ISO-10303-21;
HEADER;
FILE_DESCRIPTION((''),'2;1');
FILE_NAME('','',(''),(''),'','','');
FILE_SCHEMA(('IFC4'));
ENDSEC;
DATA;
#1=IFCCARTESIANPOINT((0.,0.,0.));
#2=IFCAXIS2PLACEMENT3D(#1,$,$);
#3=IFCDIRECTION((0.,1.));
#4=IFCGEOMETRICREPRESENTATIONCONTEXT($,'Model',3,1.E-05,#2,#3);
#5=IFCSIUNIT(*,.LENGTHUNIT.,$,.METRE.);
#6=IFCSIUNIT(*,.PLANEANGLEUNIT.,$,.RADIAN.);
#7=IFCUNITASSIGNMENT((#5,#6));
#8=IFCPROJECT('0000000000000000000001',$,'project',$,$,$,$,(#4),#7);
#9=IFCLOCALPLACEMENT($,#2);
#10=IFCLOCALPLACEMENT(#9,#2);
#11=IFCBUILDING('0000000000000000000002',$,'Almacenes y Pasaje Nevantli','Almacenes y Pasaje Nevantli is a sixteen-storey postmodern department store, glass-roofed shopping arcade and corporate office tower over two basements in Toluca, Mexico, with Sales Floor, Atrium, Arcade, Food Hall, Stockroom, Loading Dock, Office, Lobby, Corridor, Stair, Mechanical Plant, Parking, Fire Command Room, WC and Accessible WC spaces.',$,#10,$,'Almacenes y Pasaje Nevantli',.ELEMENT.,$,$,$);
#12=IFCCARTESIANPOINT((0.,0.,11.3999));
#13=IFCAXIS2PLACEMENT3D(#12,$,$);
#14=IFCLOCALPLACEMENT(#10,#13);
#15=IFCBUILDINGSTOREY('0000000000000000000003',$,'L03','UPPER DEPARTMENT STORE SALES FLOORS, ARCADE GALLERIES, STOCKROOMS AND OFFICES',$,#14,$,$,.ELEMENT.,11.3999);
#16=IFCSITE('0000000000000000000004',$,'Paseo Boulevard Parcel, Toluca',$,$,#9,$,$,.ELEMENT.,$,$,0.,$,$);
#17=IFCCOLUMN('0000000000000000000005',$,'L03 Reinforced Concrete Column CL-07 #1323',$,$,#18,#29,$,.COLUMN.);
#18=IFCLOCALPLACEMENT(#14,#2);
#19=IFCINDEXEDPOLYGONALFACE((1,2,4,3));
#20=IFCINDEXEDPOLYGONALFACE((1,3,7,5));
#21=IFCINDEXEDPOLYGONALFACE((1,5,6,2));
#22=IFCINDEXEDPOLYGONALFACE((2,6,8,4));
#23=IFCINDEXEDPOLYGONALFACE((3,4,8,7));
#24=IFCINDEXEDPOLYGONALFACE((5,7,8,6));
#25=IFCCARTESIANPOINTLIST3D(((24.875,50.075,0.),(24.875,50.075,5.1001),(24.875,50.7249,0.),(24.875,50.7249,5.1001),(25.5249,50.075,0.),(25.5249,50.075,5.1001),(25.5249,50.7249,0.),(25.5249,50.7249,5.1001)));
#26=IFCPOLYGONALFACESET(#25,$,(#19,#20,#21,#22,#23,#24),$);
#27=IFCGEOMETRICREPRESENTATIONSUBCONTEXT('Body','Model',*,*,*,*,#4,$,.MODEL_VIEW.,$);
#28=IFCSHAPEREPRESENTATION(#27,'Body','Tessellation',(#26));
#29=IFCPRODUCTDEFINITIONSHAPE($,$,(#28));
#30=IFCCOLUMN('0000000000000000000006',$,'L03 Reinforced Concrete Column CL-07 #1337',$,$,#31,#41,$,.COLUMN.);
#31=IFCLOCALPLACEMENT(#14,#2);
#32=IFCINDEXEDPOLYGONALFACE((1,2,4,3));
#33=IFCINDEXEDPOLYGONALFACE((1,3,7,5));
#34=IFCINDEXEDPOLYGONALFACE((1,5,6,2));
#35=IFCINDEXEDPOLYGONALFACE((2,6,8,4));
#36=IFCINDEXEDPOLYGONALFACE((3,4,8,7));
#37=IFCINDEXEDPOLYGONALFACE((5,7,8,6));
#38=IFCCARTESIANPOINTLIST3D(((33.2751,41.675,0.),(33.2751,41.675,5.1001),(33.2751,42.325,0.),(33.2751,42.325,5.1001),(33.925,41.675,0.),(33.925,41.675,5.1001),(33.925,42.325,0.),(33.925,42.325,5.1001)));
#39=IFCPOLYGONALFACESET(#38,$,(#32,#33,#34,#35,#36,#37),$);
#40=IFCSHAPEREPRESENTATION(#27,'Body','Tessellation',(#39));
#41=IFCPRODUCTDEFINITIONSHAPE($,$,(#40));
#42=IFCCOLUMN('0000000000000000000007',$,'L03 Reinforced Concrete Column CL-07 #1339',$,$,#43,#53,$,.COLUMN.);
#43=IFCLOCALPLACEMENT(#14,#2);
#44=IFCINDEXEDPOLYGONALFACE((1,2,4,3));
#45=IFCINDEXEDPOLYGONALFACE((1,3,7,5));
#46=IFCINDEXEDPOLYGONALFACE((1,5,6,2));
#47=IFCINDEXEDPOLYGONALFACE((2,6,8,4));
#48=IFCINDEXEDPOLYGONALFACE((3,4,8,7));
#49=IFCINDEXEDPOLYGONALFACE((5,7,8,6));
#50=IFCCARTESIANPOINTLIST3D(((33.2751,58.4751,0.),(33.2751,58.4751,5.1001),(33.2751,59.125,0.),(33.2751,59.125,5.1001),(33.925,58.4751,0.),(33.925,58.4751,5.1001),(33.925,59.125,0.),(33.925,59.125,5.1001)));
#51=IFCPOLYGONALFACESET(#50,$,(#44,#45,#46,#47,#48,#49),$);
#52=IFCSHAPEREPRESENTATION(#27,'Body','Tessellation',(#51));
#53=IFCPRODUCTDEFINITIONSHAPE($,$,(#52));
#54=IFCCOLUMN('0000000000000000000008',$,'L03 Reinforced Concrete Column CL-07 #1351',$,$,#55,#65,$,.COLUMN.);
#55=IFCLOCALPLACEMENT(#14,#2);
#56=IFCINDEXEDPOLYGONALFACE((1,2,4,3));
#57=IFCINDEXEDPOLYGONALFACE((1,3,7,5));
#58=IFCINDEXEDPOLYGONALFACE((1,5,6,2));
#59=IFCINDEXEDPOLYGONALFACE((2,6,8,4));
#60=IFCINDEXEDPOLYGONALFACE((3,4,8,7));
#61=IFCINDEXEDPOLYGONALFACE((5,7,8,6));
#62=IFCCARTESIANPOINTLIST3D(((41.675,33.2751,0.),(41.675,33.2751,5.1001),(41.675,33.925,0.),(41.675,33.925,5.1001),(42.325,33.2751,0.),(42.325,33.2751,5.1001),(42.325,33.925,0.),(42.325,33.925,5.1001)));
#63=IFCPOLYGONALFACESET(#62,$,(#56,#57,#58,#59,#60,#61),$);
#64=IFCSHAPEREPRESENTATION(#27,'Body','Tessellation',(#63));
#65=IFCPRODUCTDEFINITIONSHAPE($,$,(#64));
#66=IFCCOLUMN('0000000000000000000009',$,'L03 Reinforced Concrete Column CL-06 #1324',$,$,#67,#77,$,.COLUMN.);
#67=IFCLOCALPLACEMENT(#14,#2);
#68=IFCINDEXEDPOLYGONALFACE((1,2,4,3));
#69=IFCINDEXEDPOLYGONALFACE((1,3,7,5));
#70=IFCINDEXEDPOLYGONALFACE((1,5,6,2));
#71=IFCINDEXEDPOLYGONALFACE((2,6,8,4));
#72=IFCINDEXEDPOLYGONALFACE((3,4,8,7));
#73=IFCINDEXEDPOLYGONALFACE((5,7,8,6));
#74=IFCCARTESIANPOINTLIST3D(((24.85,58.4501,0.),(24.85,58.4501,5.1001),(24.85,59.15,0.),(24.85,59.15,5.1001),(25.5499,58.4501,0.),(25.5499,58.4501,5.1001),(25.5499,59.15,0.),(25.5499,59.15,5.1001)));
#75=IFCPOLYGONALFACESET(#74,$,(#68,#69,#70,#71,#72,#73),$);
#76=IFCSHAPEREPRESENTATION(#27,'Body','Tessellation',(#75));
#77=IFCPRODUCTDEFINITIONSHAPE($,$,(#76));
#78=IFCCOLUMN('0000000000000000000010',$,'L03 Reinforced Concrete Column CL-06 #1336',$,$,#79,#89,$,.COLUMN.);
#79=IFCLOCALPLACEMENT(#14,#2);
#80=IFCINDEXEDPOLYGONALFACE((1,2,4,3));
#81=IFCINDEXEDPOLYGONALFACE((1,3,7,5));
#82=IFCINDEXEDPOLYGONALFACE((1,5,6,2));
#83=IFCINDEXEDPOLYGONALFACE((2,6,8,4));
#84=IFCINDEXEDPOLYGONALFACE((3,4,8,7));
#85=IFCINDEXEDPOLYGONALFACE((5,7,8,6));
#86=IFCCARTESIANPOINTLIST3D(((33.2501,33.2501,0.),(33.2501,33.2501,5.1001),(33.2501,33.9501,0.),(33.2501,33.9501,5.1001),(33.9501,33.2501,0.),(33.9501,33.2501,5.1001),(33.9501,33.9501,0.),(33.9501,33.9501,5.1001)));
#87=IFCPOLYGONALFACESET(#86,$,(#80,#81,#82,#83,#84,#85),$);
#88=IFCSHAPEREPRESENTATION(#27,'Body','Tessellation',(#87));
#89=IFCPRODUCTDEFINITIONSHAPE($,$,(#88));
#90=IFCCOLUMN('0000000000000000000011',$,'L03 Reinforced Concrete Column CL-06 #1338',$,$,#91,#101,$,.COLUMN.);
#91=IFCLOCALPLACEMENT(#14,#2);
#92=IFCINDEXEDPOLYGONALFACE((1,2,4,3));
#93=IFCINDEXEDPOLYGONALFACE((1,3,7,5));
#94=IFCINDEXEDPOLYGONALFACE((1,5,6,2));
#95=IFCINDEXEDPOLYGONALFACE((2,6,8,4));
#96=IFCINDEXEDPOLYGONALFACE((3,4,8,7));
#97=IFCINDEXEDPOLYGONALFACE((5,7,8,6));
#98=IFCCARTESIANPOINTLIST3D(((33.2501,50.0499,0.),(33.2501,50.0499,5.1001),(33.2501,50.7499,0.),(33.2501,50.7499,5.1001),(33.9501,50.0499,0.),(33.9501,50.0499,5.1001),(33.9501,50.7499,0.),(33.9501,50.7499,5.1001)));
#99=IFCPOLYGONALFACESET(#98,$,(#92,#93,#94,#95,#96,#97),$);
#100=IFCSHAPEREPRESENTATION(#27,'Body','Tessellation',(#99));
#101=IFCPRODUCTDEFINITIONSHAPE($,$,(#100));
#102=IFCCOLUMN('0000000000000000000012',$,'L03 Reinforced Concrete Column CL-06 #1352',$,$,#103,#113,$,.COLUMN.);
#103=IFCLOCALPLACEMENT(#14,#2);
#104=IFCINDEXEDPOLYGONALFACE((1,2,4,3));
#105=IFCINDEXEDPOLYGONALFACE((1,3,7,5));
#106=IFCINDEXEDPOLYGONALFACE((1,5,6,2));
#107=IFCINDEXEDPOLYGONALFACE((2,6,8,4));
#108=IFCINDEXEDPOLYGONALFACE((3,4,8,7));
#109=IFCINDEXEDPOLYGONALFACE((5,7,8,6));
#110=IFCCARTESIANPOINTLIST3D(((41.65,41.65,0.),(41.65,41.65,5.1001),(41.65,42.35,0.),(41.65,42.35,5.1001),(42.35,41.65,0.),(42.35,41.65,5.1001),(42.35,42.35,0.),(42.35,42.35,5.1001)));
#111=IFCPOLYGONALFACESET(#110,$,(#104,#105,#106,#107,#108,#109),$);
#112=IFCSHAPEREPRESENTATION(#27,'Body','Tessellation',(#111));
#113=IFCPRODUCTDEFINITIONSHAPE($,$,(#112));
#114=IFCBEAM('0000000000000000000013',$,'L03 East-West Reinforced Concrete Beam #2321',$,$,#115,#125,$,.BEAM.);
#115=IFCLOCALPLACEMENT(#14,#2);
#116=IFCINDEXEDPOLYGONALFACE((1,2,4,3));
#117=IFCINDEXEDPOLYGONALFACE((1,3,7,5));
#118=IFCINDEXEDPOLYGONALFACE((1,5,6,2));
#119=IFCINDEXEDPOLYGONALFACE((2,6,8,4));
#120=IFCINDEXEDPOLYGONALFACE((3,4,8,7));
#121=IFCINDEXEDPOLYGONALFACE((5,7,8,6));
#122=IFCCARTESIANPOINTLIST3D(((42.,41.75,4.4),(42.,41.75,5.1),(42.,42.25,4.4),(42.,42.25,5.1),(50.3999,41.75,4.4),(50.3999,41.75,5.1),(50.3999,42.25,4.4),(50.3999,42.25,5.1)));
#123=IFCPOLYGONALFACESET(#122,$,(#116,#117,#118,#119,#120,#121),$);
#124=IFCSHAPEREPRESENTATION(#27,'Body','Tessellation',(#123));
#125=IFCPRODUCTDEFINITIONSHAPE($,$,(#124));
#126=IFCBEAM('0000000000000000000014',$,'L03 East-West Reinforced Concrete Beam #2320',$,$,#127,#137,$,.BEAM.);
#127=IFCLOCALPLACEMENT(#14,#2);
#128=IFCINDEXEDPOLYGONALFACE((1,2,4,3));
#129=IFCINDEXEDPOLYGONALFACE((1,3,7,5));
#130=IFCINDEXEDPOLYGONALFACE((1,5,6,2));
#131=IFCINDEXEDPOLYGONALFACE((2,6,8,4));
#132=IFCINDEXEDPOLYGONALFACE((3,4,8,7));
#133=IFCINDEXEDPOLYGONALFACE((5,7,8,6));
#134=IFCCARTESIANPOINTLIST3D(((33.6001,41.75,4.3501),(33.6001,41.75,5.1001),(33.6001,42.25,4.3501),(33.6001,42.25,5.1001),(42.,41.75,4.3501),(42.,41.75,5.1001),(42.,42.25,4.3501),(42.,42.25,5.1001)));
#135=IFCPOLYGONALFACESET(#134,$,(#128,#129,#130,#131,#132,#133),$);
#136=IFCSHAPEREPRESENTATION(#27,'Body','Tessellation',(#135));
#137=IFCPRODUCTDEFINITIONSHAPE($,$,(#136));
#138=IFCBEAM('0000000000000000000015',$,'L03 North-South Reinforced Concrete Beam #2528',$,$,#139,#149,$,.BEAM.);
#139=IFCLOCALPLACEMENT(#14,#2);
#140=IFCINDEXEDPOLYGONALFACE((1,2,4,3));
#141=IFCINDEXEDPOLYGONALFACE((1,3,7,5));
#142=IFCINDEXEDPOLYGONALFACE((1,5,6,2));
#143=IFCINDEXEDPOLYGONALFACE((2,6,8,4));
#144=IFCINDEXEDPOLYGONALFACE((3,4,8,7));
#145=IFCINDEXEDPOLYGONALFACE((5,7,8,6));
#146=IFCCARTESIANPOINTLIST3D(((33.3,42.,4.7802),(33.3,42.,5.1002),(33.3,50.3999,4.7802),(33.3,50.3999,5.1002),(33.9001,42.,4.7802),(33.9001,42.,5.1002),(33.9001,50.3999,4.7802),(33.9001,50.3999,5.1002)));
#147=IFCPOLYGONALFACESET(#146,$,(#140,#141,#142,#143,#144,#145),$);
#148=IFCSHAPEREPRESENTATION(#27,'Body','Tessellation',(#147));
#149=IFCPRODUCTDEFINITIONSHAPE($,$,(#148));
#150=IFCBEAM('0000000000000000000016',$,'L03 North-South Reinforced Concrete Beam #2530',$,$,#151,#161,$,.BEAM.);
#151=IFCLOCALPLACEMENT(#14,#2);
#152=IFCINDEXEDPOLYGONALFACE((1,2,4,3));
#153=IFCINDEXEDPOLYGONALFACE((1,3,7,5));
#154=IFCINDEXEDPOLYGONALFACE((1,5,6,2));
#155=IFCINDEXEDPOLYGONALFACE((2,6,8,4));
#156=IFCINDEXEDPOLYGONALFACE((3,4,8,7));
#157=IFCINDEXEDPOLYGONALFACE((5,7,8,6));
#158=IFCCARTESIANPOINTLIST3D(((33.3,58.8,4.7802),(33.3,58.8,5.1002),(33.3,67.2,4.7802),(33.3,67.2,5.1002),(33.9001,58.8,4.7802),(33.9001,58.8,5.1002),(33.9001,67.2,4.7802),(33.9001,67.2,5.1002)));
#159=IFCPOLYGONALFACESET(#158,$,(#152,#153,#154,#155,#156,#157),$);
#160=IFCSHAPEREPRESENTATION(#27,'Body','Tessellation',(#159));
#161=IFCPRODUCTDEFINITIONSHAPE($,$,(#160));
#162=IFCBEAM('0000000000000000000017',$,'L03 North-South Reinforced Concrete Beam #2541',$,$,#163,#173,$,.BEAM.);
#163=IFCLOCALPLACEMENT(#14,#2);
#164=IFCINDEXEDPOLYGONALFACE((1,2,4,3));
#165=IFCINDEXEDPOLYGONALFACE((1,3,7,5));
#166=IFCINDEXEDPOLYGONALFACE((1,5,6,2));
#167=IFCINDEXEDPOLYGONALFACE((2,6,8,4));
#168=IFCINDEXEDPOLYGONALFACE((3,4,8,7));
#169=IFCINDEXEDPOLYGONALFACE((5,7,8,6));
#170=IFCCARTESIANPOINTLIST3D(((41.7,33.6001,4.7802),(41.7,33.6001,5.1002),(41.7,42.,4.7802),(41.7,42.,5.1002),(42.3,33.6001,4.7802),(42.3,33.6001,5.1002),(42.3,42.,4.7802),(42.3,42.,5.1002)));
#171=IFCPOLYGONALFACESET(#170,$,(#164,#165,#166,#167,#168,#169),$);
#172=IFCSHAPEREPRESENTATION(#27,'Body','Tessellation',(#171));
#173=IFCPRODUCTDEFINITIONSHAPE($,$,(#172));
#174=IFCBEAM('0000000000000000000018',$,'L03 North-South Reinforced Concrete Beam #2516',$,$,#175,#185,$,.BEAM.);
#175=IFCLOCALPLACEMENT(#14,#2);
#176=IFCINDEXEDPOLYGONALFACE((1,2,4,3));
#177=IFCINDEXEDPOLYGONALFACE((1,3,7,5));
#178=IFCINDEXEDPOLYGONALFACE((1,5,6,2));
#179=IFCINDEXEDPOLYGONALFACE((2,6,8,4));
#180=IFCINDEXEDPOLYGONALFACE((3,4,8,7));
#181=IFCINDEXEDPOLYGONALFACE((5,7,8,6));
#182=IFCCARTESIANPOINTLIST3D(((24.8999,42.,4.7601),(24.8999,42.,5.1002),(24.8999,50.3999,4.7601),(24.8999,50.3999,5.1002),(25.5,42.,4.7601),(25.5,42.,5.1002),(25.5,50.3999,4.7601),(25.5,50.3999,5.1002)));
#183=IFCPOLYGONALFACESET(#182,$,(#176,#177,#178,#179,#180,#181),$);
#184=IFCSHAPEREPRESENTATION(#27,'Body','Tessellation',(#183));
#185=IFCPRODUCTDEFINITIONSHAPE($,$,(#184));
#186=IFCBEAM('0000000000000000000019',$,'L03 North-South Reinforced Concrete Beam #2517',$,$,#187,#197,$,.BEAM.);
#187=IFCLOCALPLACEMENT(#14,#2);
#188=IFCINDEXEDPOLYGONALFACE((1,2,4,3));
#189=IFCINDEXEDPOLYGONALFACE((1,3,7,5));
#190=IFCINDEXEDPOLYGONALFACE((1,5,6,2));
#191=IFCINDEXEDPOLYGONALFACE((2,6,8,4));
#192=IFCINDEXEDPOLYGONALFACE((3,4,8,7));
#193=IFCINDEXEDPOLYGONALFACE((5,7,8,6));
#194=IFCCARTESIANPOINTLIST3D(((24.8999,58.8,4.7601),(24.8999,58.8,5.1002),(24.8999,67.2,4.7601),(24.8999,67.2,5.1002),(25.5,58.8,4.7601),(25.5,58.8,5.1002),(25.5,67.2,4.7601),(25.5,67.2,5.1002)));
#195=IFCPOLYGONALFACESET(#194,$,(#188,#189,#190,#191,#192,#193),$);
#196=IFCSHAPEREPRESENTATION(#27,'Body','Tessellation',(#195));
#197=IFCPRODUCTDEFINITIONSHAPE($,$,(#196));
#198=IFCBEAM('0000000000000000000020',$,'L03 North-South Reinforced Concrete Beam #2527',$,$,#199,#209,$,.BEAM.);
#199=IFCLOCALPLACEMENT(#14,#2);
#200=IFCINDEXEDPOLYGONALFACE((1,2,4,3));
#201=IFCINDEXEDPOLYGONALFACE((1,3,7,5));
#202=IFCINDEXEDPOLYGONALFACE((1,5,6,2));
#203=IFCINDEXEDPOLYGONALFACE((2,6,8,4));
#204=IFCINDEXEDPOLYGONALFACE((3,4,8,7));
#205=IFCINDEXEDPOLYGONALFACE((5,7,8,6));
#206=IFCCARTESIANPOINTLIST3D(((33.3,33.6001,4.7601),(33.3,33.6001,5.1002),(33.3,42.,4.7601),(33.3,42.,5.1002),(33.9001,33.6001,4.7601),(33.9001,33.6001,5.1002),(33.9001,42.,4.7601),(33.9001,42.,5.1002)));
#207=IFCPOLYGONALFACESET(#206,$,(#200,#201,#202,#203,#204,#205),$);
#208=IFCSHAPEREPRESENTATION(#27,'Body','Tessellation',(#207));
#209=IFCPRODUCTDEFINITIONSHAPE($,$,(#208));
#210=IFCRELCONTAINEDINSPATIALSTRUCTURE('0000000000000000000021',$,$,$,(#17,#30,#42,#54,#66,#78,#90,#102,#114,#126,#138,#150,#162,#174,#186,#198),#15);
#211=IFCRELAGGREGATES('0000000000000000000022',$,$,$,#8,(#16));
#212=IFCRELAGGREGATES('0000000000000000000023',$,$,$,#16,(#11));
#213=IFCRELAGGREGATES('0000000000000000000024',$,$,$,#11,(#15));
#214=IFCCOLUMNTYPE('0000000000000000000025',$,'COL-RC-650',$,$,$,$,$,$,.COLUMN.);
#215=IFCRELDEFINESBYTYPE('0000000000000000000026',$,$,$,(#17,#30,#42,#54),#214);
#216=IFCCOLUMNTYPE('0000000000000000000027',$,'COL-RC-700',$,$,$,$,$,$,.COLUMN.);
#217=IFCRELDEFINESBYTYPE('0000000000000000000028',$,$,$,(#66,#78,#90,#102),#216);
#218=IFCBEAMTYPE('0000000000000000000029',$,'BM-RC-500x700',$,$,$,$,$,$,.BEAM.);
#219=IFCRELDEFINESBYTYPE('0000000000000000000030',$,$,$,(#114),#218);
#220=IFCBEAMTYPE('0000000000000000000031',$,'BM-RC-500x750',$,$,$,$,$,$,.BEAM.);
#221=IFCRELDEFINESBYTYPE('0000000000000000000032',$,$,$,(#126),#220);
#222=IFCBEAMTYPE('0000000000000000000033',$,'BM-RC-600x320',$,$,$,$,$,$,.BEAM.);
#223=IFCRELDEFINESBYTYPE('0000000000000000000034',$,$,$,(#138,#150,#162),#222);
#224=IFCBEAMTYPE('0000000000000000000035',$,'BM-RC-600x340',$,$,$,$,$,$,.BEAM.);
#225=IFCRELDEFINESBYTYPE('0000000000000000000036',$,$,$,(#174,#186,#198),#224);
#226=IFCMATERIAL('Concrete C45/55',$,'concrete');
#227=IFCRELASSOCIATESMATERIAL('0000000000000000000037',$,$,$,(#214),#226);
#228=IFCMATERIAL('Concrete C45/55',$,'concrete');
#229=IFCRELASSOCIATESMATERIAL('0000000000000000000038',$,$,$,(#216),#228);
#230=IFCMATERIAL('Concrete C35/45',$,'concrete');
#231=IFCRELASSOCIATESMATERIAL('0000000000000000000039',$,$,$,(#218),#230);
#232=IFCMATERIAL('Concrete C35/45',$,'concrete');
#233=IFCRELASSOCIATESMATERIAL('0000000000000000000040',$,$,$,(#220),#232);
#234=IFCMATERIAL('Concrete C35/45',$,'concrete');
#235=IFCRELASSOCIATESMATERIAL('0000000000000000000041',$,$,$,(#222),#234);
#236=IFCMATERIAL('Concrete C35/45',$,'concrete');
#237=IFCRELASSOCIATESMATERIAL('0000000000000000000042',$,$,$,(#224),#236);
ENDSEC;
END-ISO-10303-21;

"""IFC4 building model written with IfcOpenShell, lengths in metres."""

from ifc_helpers import new_model, si_unit, direction, frame, origin, origin_2d, place, context, subcontext, project, spatial, rectangle, extrude, material, material_profile, profile_set, type_object, element, save


model = new_model("IFC4")

# Units and contexts
model_context = context("Model", 3, precision=1e-05, world=origin(), true_north=direction((0.0, 1.0)))
body_context = subcontext(model_context, "Body", "Model", "MODEL_VIEW")
ifc_project = project(units=[si_unit("LENGTHUNIT", "METRE"), si_unit("PLANEANGLEUNIT", "RADIAN")], contexts=[model_context])

# Site, building, storey
site_placement = place(None, origin())
site = spatial("IfcSite", under=ifc_project, at=site_placement, Name="Paseo Boulevard Parcel, Toluca", CompositionType="ELEMENT", RefElevation=0.0)
building_placement = place(site_placement, origin())
building = spatial("IfcBuilding", under=site, at=building_placement, Name="Almacenes y Pasaje Nevantli", Description="Almacenes y Pasaje Nevantli is a sixteen-storey postmodern department store, glass-roofed shopping arcade and corporate office tower over two basements in Toluca, Mexico, with Sales Floor, Atrium, Arcade, Food Hall, Stockroom, Loading Dock, Office, Lobby, Corridor, Stair, Mechanical Plant, Parking, Fire Command Room, WC and Accessible WC spaces.", LongName="Almacenes y Pasaje Nevantli", CompositionType="ELEMENT")
storey_placement = place(building_placement, frame((0.0, 0.0, 11.3999)))
storey = spatial("IfcBuildingStorey", under=building, at=storey_placement, Name="L03", Description="UPPER DEPARTMENT STORE SALES FLOORS, ARCADE GALLERIES, STOCKROOMS AND OFFICES", CompositionType="ELEMENT", Elevation=11.3999)

# Columns
ifc_material_1 = material(Name="Concrete C45/55", Category="concrete")
ifc_material_profile_1 = material_profile(ifc_material_1, rectangle(XDim=0.6499, YDim=0.6499, at=origin_2d()), Name="RC-COL-650x650")
ifc_profile_set_1 = profile_set([ifc_material_profile_1], Name="Concrete C45/55")
column_type_1 = type_object("IfcColumnType", Name="COL-RC-650", PredefinedType="COLUMN", material=ifc_profile_set_1)
for number, where, z_axis, x_axis, name in (
    (1, (25.2, 50.3999, 0.0), (0.0, 0.0, 1.0), (1.0, 0.0, 0.0), "L03 Reinforced Concrete Column CL-07 #1323"),
    (2, (33.6001, 42.0, 0.0), (0.0, 0.0, 1.0), (1.0, 0.0, 0.0), "L03 Reinforced Concrete Column CL-07 #1337"),
    (3, (33.6001, 58.8, 0.0), (0.0, 0.0, 1.0), (1.0, 0.0, 0.0), "L03 Reinforced Concrete Column CL-07 #1339"),
    (4, (42.0, 33.6001, 0.0), (0.0, 0.0, 1.0), (1.0, 0.0, 0.0), "L03 Reinforced Concrete Column CL-07 #1351"),
):
    element("IfcColumn", number, at=place(storey_placement, frame(where, z_axis=z_axis, x_axis=x_axis)), inside=storey, type_object=column_type_1, Name=name, PredefinedType="COLUMN", context=body_context, shape_type="SweptSolid", body=[
        extrude(rectangle(XDim=0.6499, YDim=0.6499, at=origin_2d()), origin(), (0.0, 0.0, 1.0), 5.1001),
    ])
ifc_material_2 = material(Name="Concrete C45/55", Category="concrete")
ifc_material_profile_2 = material_profile(ifc_material_2, rectangle(XDim=0.7, YDim=0.7, at=origin_2d()), Name="RC-COL-700x700")
ifc_profile_set_2 = profile_set([ifc_material_profile_2], Name="Concrete C45/55")
column_type_2 = type_object("IfcColumnType", Name="COL-RC-700", PredefinedType="COLUMN", material=ifc_profile_set_2)
for number, where, z_axis, x_axis, name in (
    (5, (25.2, 58.8, 0.0), (0.0, 0.0, 1.0), (1.0, 0.0, 0.0), "L03 Reinforced Concrete Column CL-06 #1324"),
    (6, (33.6001, 33.6001, 0.0), (0.0, 0.0, 1.0), (1.0, 0.0, 0.0), "L03 Reinforced Concrete Column CL-06 #1336"),
    (7, (33.6001, 50.3999, 0.0), (0.0, 0.0, 1.0), (1.0, 0.0, 0.0), "L03 Reinforced Concrete Column CL-06 #1338"),
    (8, (42.0, 42.0, 0.0), (0.0, 0.0, 1.0), (1.0, 0.0, 0.0), "L03 Reinforced Concrete Column CL-06 #1352"),
):
    element("IfcColumn", number, at=place(storey_placement, frame(where, z_axis=z_axis, x_axis=x_axis)), inside=storey, type_object=column_type_2, Name=name, PredefinedType="COLUMN", context=body_context, shape_type="SweptSolid", body=[
        extrude(rectangle(XDim=0.7, YDim=0.7, at=origin_2d()), origin(), (0.0, 0.0, 1.0), 5.1001),
    ])

# Beams
ifc_material_3 = material(Name="Concrete C35/45", Category="concrete")
ifc_material_profile_3 = material_profile(ifc_material_3, rectangle(XDim=0.5, YDim=0.7, at=origin_2d()), Name="RC-BM-500x700")
ifc_profile_set_3 = profile_set([ifc_material_profile_3], Name="Concrete C35/45")
beam_type_1 = type_object("IfcBeamType", Name="BM-RC-500x700", PredefinedType="BEAM", material=ifc_profile_set_3)
beam_1_placement = place(storey_placement, frame((42.0, 42.0, 4.75), z_axis=(1.0, 0.0, 0.0), x_axis=(0.0, 1.0, 0.0)))
element("IfcBeam", 9, at=beam_1_placement, inside=storey, type_object=beam_type_1, Name="L03 East-West Reinforced Concrete Beam #2321", PredefinedType="BEAM", context=body_context, shape_type="SweptSolid", body=[
    extrude(rectangle(XDim=0.5, YDim=0.7, at=origin_2d()), origin(), (0.0, 0.0, 1.0), 8.3999),
])
ifc_material_4 = material(Name="Concrete C35/45", Category="concrete")
ifc_material_profile_4 = material_profile(ifc_material_4, rectangle(XDim=0.5, YDim=0.75, at=origin_2d()), Name="RC-BM-500x750")
ifc_profile_set_4 = profile_set([ifc_material_profile_4], Name="Concrete C35/45")
beam_type_2 = type_object("IfcBeamType", Name="BM-RC-500x750", PredefinedType="BEAM", material=ifc_profile_set_4)
beam_2_placement = place(storey_placement, frame((33.6001, 42.0, 4.7251), z_axis=(1.0, 0.0, 0.0), x_axis=(0.0, 1.0, 0.0)))
element("IfcBeam", 10, at=beam_2_placement, inside=storey, type_object=beam_type_2, Name="L03 East-West Reinforced Concrete Beam #2320", PredefinedType="BEAM", context=body_context, shape_type="SweptSolid", body=[
    extrude(rectangle(XDim=0.5, YDim=0.75, at=origin_2d()), origin(), (0.0, 0.0, 1.0), 8.3999),
])
ifc_material_5 = material(Name="Concrete C35/45", Category="concrete")
ifc_material_profile_5 = material_profile(ifc_material_5, rectangle(XDim=0.6001, YDim=0.3201, at=origin_2d()), Name="RC-BM-600x320")
ifc_profile_set_5 = profile_set([ifc_material_profile_5], Name="Concrete C35/45")
beam_type_3 = type_object("IfcBeamType", Name="BM-RC-600x320", PredefinedType="BEAM", material=ifc_profile_set_5)
for number, where, z_axis, x_axis, name in (
    (11, (33.6001, 42.0, 4.9402), (0.0, 1.0, 0.0), (-1.0, 0.0, 0.0), "L03 North-South Reinforced Concrete Beam #2528"),
    (12, (33.6001, 58.8, 4.9402), (0.0, 1.0, 0.0), (-1.0, 0.0, 0.0), "L03 North-South Reinforced Concrete Beam #2530"),
    (13, (42.0, 33.6001, 4.9402), (0.0, 1.0, 0.0), (-1.0, 0.0, 0.0), "L03 North-South Reinforced Concrete Beam #2541"),
):
    element("IfcBeam", number, at=place(storey_placement, frame(where, z_axis=z_axis, x_axis=x_axis)), inside=storey, type_object=beam_type_3, Name=name, PredefinedType="BEAM", context=body_context, shape_type="SweptSolid", body=[
        extrude(rectangle(XDim=0.6001, YDim=0.3201, at=origin_2d()), origin(), (0.0, 0.0, 1.0), 8.3999),
    ])
ifc_material_6 = material(Name="Concrete C35/45", Category="concrete")
ifc_material_profile_6 = material_profile(ifc_material_6, rectangle(XDim=0.6001, YDim=0.3401, at=origin_2d()), Name="RC-BM-600x340")
ifc_profile_set_6 = profile_set([ifc_material_profile_6], Name="Concrete C35/45")
beam_type_4 = type_object("IfcBeamType", Name="BM-RC-600x340", PredefinedType="BEAM", material=ifc_profile_set_6)
for number, where, z_axis, x_axis, name in (
    (14, (25.2, 42.0, 4.9302), (0.0, 1.0, 0.0), (-1.0, 0.0, 0.0), "L03 North-South Reinforced Concrete Beam #2516"),
    (15, (25.2, 58.8, 4.9302), (0.0, 1.0, 0.0), (-1.0, 0.0, 0.0), "L03 North-South Reinforced Concrete Beam #2517"),
    (16, (33.6001, 33.6001, 4.9302), (0.0, 1.0, 0.0), (-1.0, 0.0, 0.0), "L03 North-South Reinforced Concrete Beam #2527"),
):
    element("IfcBeam", number, at=place(storey_placement, frame(where, z_axis=z_axis, x_axis=x_axis)), inside=storey, type_object=beam_type_4, Name=name, PredefinedType="BEAM", context=body_context, shape_type="SweptSolid", body=[
        extrude(rectangle(XDim=0.6001, YDim=0.3401, at=origin_2d()), origin(), (0.0, 0.0, 1.0), 8.3999),
    ])

save(model, "model.ifc")
